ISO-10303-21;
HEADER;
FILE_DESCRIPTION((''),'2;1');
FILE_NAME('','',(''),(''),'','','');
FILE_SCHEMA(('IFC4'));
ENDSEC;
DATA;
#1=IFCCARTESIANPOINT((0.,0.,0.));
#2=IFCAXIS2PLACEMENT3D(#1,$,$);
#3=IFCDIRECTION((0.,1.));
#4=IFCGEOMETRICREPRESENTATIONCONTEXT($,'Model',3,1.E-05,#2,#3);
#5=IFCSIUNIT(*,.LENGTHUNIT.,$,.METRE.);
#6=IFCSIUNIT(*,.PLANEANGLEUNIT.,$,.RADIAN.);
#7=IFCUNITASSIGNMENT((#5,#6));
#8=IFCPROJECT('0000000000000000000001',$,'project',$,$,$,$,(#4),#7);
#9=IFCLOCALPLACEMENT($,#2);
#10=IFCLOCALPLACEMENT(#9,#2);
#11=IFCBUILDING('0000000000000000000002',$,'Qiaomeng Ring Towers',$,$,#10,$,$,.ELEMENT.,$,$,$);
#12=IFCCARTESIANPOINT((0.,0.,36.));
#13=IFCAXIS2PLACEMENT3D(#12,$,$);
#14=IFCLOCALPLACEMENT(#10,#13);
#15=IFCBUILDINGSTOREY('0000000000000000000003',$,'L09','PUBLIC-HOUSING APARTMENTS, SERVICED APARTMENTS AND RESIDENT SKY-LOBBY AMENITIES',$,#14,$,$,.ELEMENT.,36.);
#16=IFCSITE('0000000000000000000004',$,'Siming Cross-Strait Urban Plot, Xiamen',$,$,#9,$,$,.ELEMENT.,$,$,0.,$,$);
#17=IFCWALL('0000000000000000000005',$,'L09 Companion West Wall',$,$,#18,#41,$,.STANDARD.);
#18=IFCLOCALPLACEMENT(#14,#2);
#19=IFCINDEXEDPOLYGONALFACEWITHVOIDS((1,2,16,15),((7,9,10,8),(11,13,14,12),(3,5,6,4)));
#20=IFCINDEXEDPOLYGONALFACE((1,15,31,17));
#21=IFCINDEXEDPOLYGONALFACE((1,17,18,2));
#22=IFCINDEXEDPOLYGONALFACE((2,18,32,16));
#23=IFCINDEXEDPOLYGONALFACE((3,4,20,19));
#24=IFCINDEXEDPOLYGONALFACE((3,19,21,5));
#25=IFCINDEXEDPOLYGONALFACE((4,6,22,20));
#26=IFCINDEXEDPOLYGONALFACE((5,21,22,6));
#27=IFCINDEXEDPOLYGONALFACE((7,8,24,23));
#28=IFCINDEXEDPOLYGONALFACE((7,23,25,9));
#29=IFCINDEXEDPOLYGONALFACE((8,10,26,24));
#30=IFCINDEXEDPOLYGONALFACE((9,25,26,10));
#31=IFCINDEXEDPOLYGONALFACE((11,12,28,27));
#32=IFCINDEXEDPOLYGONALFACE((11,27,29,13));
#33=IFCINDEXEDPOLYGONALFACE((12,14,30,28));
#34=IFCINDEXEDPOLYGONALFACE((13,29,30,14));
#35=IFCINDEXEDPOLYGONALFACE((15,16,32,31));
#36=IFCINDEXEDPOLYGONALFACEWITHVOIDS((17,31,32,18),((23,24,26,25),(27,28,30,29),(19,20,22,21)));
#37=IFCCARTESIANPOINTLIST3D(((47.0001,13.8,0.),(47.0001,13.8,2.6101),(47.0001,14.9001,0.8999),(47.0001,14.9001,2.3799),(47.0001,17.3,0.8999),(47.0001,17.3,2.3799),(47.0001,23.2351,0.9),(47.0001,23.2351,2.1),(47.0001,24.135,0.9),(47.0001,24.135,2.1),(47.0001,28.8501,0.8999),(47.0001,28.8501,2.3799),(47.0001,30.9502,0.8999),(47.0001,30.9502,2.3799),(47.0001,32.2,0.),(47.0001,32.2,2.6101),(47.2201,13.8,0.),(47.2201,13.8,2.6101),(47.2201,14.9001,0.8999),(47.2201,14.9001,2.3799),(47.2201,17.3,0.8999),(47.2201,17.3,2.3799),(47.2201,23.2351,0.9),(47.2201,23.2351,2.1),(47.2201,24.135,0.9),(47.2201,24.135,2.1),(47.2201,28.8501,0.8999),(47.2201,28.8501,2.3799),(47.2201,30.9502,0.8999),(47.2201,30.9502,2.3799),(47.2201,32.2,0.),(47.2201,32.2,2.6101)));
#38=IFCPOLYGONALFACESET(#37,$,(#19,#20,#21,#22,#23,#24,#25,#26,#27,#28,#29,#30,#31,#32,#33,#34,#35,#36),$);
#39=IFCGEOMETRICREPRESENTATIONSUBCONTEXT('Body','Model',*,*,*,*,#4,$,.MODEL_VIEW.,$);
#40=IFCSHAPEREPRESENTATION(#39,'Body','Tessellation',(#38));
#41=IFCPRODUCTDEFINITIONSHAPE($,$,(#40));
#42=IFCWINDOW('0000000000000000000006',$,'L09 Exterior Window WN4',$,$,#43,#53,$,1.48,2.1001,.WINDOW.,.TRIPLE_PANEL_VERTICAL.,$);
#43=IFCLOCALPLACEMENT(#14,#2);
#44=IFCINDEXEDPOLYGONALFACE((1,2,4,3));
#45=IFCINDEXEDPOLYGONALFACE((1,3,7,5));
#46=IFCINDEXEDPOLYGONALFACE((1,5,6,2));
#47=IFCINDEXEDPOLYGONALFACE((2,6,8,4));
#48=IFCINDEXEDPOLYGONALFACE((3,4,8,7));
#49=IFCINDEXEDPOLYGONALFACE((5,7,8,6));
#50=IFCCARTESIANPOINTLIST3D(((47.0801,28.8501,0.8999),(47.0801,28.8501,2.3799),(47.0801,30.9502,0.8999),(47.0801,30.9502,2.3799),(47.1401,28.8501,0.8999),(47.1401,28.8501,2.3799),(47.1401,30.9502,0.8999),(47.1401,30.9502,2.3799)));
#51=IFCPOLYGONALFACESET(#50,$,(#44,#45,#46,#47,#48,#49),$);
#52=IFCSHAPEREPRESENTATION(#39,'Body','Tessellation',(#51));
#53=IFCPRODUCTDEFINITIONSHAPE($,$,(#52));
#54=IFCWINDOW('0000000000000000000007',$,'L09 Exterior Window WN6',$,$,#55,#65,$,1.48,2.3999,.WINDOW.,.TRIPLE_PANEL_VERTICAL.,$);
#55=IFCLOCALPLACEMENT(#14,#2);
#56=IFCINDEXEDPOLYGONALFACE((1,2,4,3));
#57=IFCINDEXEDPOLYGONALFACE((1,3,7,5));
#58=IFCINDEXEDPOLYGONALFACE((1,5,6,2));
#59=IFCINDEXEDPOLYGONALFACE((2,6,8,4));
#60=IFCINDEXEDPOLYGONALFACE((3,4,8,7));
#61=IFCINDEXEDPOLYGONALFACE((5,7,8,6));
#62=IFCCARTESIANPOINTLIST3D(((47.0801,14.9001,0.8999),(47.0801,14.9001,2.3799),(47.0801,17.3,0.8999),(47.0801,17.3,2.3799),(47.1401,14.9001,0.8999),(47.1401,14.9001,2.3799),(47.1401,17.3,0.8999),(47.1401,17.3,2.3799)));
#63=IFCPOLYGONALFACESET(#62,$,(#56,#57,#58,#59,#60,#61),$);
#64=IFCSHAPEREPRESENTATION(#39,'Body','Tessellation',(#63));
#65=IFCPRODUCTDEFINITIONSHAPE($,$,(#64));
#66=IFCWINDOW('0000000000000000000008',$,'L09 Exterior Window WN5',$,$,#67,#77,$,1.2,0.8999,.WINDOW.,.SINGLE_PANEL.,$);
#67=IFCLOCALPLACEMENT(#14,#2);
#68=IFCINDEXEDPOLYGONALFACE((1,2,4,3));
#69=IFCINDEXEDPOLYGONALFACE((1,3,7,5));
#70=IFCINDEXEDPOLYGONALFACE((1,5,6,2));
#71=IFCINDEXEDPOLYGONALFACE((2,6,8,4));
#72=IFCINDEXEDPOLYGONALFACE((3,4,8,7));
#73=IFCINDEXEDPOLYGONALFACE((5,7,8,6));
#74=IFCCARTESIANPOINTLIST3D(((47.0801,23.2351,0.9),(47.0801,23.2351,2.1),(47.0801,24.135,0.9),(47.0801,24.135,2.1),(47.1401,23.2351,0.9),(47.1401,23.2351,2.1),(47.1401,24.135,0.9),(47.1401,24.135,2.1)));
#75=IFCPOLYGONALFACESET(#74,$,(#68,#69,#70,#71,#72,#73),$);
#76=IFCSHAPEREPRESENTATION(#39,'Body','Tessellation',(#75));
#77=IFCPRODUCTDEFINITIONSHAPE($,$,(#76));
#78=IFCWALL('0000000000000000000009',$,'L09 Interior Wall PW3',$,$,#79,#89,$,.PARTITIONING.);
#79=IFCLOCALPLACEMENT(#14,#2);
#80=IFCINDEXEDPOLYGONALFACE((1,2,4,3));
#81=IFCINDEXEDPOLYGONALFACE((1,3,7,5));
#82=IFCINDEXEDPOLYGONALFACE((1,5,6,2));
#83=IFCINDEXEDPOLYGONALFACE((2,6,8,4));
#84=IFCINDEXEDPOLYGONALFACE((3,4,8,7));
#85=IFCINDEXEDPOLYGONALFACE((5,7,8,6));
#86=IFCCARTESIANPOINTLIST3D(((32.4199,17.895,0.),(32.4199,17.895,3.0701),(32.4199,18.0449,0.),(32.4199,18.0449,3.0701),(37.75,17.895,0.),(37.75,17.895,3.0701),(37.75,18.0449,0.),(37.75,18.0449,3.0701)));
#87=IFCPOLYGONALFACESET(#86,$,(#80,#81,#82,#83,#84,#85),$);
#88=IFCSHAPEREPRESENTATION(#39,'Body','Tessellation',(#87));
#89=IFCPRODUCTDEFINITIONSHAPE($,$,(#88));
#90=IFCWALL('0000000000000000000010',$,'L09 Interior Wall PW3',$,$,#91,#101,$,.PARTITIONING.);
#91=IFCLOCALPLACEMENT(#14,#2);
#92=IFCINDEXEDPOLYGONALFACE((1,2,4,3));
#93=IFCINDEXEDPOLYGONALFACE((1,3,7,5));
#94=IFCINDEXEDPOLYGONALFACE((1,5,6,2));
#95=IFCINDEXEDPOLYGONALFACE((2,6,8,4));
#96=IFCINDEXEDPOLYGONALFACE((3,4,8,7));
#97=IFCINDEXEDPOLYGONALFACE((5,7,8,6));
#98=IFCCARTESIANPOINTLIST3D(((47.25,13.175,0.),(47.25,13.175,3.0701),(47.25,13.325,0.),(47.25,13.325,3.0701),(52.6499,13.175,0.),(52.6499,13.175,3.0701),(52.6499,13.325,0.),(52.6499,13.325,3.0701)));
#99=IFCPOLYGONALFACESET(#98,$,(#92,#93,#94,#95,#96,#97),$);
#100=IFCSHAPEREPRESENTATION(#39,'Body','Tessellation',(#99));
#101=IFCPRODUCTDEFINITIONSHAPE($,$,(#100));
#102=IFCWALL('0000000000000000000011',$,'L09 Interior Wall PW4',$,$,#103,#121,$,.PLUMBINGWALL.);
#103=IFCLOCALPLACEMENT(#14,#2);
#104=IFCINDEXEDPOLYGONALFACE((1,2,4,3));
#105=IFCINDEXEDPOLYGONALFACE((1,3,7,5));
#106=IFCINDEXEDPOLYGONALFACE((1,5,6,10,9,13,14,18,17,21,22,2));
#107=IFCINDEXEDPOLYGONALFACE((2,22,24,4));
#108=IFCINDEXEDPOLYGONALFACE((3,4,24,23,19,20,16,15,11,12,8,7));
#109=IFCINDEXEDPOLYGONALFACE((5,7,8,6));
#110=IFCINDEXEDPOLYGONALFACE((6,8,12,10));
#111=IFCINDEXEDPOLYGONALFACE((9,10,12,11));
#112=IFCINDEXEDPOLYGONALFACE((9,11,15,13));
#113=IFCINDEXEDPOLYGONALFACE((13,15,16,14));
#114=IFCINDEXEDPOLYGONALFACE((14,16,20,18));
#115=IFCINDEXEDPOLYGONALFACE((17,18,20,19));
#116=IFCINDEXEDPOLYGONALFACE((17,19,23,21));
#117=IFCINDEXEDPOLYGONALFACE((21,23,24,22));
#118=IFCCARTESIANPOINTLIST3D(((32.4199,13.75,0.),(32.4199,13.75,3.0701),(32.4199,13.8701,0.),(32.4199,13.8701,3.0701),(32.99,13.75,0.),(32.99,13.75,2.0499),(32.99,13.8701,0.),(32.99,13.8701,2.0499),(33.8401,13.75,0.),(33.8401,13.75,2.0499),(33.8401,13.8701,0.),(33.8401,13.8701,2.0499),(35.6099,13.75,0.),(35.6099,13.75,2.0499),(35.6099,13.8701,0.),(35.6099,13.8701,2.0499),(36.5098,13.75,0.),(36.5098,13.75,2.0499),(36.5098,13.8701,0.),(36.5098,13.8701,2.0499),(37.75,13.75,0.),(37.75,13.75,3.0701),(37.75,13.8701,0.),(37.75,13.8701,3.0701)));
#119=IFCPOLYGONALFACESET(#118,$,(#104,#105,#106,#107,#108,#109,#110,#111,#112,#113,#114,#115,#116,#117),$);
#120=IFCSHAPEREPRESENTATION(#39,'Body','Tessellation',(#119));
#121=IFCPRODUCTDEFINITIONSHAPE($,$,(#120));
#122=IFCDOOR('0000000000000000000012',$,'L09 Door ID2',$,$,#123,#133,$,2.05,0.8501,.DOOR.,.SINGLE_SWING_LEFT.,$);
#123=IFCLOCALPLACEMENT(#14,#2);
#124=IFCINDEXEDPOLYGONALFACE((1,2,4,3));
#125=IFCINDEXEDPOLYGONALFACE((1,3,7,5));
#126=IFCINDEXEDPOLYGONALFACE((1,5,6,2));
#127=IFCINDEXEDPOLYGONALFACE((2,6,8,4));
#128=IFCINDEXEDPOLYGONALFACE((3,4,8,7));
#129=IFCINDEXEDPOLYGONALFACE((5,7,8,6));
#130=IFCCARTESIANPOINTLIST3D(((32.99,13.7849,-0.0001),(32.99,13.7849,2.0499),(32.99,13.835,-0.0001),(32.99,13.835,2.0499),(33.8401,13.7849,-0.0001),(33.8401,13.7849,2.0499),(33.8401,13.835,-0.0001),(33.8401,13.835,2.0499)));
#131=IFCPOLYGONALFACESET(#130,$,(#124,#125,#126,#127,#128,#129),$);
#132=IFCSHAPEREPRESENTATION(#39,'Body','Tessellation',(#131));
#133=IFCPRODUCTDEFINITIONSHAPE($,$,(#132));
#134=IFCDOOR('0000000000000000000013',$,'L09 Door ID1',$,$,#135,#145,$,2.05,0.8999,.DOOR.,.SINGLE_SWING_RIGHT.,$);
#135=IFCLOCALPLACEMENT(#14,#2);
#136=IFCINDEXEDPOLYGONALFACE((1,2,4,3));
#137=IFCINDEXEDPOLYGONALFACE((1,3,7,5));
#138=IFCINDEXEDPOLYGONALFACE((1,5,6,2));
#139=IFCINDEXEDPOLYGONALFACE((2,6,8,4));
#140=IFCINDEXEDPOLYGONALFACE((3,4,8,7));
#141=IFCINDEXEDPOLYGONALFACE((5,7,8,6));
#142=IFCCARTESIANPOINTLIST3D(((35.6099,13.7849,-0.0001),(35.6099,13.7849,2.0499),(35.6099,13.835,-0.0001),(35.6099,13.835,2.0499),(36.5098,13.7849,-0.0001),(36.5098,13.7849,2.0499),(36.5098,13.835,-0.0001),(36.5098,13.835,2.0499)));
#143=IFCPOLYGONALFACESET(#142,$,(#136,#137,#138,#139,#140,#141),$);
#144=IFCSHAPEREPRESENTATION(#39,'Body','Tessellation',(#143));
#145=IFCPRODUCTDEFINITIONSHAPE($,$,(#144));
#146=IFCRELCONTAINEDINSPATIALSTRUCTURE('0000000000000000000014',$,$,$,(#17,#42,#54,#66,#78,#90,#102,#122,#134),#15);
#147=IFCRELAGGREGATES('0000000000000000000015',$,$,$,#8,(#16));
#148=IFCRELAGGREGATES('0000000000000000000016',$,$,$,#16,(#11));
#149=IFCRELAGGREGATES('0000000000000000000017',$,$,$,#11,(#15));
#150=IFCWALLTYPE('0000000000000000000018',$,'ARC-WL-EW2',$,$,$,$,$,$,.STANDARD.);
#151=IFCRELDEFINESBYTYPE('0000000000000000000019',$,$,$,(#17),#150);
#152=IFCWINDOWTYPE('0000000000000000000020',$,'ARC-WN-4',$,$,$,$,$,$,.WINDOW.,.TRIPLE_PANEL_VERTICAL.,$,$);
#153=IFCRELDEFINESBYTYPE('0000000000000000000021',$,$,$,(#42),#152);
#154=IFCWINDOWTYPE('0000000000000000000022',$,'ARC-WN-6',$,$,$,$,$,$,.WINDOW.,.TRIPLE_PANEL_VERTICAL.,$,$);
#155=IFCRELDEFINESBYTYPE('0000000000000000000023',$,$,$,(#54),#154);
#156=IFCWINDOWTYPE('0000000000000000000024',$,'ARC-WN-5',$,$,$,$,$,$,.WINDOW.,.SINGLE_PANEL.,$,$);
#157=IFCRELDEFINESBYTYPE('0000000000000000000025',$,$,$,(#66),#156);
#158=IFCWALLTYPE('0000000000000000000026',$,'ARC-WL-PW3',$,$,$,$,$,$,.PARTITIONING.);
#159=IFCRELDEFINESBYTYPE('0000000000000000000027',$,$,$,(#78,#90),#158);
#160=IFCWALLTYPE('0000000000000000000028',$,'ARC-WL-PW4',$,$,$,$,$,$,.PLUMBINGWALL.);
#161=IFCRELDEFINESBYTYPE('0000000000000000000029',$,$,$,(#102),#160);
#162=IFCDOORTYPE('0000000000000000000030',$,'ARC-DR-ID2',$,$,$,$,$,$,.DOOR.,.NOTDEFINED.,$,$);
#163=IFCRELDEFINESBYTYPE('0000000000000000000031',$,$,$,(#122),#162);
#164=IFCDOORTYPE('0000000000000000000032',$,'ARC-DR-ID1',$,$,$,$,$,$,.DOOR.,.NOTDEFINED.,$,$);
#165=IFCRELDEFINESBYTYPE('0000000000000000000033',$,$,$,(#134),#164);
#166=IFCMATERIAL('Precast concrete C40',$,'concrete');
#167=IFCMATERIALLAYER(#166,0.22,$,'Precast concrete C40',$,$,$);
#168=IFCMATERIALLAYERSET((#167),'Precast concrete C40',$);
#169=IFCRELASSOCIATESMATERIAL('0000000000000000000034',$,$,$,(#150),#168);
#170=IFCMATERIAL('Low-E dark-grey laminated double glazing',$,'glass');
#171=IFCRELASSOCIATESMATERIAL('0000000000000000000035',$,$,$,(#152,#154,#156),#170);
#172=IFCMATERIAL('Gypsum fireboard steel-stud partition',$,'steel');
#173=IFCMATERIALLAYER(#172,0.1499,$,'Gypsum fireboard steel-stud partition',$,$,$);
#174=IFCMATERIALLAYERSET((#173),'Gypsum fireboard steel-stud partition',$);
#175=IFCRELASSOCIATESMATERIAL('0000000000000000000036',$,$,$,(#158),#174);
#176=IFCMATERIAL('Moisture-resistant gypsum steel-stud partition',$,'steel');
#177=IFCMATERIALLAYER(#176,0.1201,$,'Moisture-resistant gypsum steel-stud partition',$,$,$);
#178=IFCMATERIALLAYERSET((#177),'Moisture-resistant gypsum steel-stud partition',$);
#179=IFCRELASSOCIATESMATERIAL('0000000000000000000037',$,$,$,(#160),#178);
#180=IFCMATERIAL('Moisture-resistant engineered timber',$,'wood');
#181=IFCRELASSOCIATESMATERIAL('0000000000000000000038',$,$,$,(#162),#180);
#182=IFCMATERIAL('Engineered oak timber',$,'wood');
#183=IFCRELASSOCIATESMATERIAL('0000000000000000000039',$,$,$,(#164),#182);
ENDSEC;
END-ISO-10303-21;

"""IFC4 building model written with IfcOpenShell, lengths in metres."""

from ifc_helpers import new_model, si_unit, direction, frame, frame_2d, origin, place, context, subcontext, project, spatial, rectangle, extrude, source, transform, mapped, material, layer, layer_set, type_object, element, fill, save


model = new_model("IFC4")

# Units and contexts
model_context = context("Model", 3, precision=1e-05, world=origin(), true_north=direction((0.0, 1.0)))
body_context = subcontext(model_context, "Body", "Model", "MODEL_VIEW")
ifc_project = project(units=[si_unit("LENGTHUNIT", "METRE"), si_unit("PLANEANGLEUNIT", "RADIAN")], contexts=[model_context])

# Site, building, storey
site_placement = place(None, origin())
site = spatial("IfcSite", under=ifc_project, at=site_placement, Name="Siming Cross-Strait Urban Plot, Xiamen", CompositionType="ELEMENT", RefElevation=0.0)
building_placement = place(site_placement, origin())
building = spatial("IfcBuilding", under=site, at=building_placement, Name="Qiaomeng Ring Towers", CompositionType="ELEMENT")
storey_placement = place(building_placement, frame((0.0, 0.0, 36.0)))
storey = spatial("IfcBuildingStorey", under=building, at=storey_placement, Name="L09", Description="PUBLIC-HOUSING APARTMENTS, SERVICED APARTMENTS AND RESIDENT SKY-LOBBY AMENITIES", CompositionType="ELEMENT", Elevation=36.0)

# Wall, openings, windows
ifc_material_1 = material(Name="Precast concrete C40", Category="concrete")
ifc_layer_1 = layer(ifc_material_1, 0.22, Name="Precast concrete C40")
ifc_layer_set_1 = layer_set([ifc_layer_1], Name="Precast concrete C40")
wall_type_1 = type_object("IfcWallType", Name="ARC-WL-EW2", PredefinedType="STANDARD", material=ifc_layer_set_1)
wall_1_placement = place(storey_placement, frame((47.1101, 13.8, 0.0), z_axis=(0.0, 0.0, 1.0), x_axis=(0.0, 1.0, 0.0)))
wall_1 = element("IfcWall", 1, at=wall_1_placement, inside=storey, type_object=wall_type_1, Name="L09 Companion West Wall", PredefinedType="STANDARD", context=body_context, shape_type="SweptSolid", body=[
    extrude(rectangle(XDim=18.3999, YDim=0.22, at=frame_2d((9.2, 0.0))), origin(), (0.0, 0.0, 1.0), 2.6101),
])
opening_1_placement = place(wall_1_placement, frame((1.1001, 0.0, 0.8999)))
opening_1 = element("IfcOpeningElement", 2, at=opening_1_placement, cuts=wall_1, PredefinedType="OPENING", context=body_context, shape_type="SweptSolid", body=[
    extrude(rectangle(XDim=2.3999, YDim=1.48, at=frame_2d((1.2, 0.74))), frame((0.0, 0.1199, 0.0), z_axis=(0.0, -1.0, 0.0), x_axis=(1.0, 0.0, 0.0)), (0.0, 0.0, 1.0), 0.24),
])
opening_2_placement = place(wall_1_placement, frame((15.05, 0.0, 0.8999)))
opening_2 = element("IfcOpeningElement", 3, at=opening_2_placement, cuts=wall_1, PredefinedType="OPENING", context=body_context, shape_type="SweptSolid", body=[
    extrude(rectangle(XDim=2.1001, YDim=1.48, at=frame_2d((1.05, 0.74))), frame((0.0, 0.1199, 0.0), z_axis=(0.0, -1.0, 0.0), x_axis=(1.0, 0.0, 0.0)), (0.0, 0.0, 1.0), 0.24),
])
opening_3_placement = place(wall_1_placement, frame((9.4351, 0.0, 0.8999)))
opening_3 = element("IfcOpeningElement", 4, at=opening_3_placement, cuts=wall_1, PredefinedType="OPENING", context=body_context, shape_type="SweptSolid", body=[
    extrude(rectangle(XDim=0.8999, YDim=1.2, at=frame_2d((0.45, 0.6001))), frame((0.0, 0.1199, 0.0), z_axis=(0.0, -1.0, 0.0), x_axis=(1.0, 0.0, 0.0)), (0.0, 0.0, 1.0), 0.24),
])
ifc_material_2 = material(Name="Low-E dark-grey laminated double glazing", Category="glass")
window_type_1 = type_object("IfcWindowType", Name="ARC-WN-4", PartitioningType="TRIPLE_PANEL_VERTICAL", PredefinedType="WINDOW", material=ifc_material_2)
shared_shape_1 = source(origin(), body_context, "Body", "SweptSolid", [
    extrude(rectangle(XDim=2.1001, YDim=1.48, at=frame_2d((1.05, 0.74))), frame((0.0, 0.03, 0.0), z_axis=(0.0, -1.0, 0.0), x_axis=(1.0, 0.0, 0.0)), (0.0, 0.0, 1.0), 0.0601),
])
window_1_placement = place(opening_2_placement, origin())
window_1 = element("IfcWindow", 5, at=window_1_placement, inside=storey, type_object=window_type_1, Name="L09 Exterior Window WN4", OverallHeight=1.48, OverallWidth=2.1001, PartitioningType="TRIPLE_PANEL_VERTICAL", PredefinedType="WINDOW", context=body_context, shape_type="MappedRepresentation", body=[
    mapped(shared_shape_1, transform((0.0, 0.0, 0.0), x_axis=(1.0, 0.0, 0.0), y_axis=(0.0, 1.0, 0.0), z_axis=(0.0, 0.0, 1.0), scale=1.0)),
])
fill(opening_2, window_1)
window_type_2 = type_object("IfcWindowType", Name="ARC-WN-6", PartitioningType="TRIPLE_PANEL_VERTICAL", PredefinedType="WINDOW", material=ifc_material_2)
shared_shape_2 = source(origin(), body_context, "Body", "SweptSolid", [
    extrude(rectangle(XDim=2.3999, YDim=1.48, at=frame_2d((1.2, 0.74))), frame((0.0, 0.03, 0.0), z_axis=(0.0, -1.0, 0.0), x_axis=(1.0, 0.0, 0.0)), (0.0, 0.0, 1.0), 0.0601),
])
window_2_placement = place(opening_1_placement, origin())
window_2 = element("IfcWindow", 6, at=window_2_placement, inside=storey, type_object=window_type_2, Name="L09 Exterior Window WN6", OverallHeight=1.48, OverallWidth=2.3999, PartitioningType="TRIPLE_PANEL_VERTICAL", PredefinedType="WINDOW", context=body_context, shape_type="MappedRepresentation", body=[
    mapped(shared_shape_2, transform((0.0, 0.0, 0.0), x_axis=(1.0, 0.0, 0.0), y_axis=(0.0, 1.0, 0.0), z_axis=(0.0, 0.0, 1.0), scale=1.0)),
])
fill(opening_1, window_2)
window_type_3 = type_object("IfcWindowType", Name="ARC-WN-5", PartitioningType="SINGLE_PANEL", PredefinedType="WINDOW", material=ifc_material_2)
shared_shape_3 = source(origin(), body_context, "Body", "SweptSolid", [
    extrude(rectangle(XDim=0.8999, YDim=1.2, at=frame_2d((0.45, 0.6001))), frame((0.0, 0.03, 0.0), z_axis=(0.0, -1.0, 0.0), x_axis=(1.0, 0.0, 0.0)), (0.0, 0.0, 1.0), 0.0601),
])
window_3_placement = place(opening_3_placement, origin())
window_3 = element("IfcWindow", 7, at=window_3_placement, inside=storey, type_object=window_type_3, Name="L09 Exterior Window WN5", OverallHeight=1.2, OverallWidth=0.8999, PartitioningType="SINGLE_PANEL", PredefinedType="WINDOW", context=body_context, shape_type="MappedRepresentation", body=[
    mapped(shared_shape_3, transform((0.0, 0.0, 0.0), x_axis=(1.0, 0.0, 0.0), y_axis=(0.0, 1.0, 0.0), z_axis=(0.0, 0.0, 1.0), scale=1.0)),
])
fill(opening_3, window_3)

# Walls
ifc_material_3 = material(Name="Gypsum fireboard steel-stud partition", Category="steel")
ifc_layer_2 = layer(ifc_material_3, 0.1499, Name="Gypsum fireboard steel-stud partition")
ifc_layer_set_2 = layer_set([ifc_layer_2], Name="Gypsum fireboard steel-stud partition")
wall_type_2 = type_object("IfcWallType", Name="ARC-WL-PW3", PredefinedType="PARTITIONING", material=ifc_layer_set_2)
wall_2_placement = place(storey_placement, frame((32.4199, 17.97, 0.0), z_axis=(0.0, 0.0, 1.0), x_axis=(1.0, 0.0, 0.0)))
element("IfcWall", 8, at=wall_2_placement, inside=storey, type_object=wall_type_2, Name="L09 Interior Wall PW3", PredefinedType="PARTITIONING", context=body_context, shape_type="SweptSolid", body=[
    extrude(rectangle(XDim=5.3301, YDim=0.1499, at=frame_2d((2.665, 0.0))), origin(), (0.0, 0.0, 1.0), 3.0701),
])
wall_3_placement = place(storey_placement, frame((47.25, 13.25, 0.0), z_axis=(0.0, 0.0, 1.0), x_axis=(1.0, 0.0, 0.0)))
element("IfcWall", 9, at=wall_3_placement, inside=storey, type_object=wall_type_2, Name="L09 Interior Wall PW3", PredefinedType="PARTITIONING", context=body_context, shape_type="SweptSolid", body=[
    extrude(rectangle(XDim=5.3999, YDim=0.1499, at=frame_2d((2.7, 0.0))), origin(), (0.0, 0.0, 1.0), 3.0701),
])

# Wall, openings, doors
ifc_material_4 = material(Name="Moisture-resistant gypsum steel-stud partition", Category="steel")
ifc_layer_3 = layer(ifc_material_4, 0.1201, Name="Moisture-resistant gypsum steel-stud partition")
ifc_layer_set_3 = layer_set([ifc_layer_3], Name="Moisture-resistant gypsum steel-stud partition")
wall_type_3 = type_object("IfcWallType", Name="ARC-WL-PW4", PredefinedType="PLUMBINGWALL", material=ifc_layer_set_3)
wall_4_placement = place(storey_placement, frame((32.4199, 13.8101, 0.0), z_axis=(0.0, 0.0, 1.0), x_axis=(1.0, 0.0, 0.0)))
wall_4 = element("IfcWall", 10, at=wall_4_placement, inside=storey, type_object=wall_type_3, Name="L09 Interior Wall PW4", PredefinedType="PLUMBINGWALL", context=body_context, shape_type="SweptSolid", body=[
    extrude(rectangle(XDim=5.3301, YDim=0.1201, at=frame_2d((2.665, 0.0))), origin(), (0.0, 0.0, 1.0), 3.0701),
])
opening_4_placement = place(wall_4_placement, frame((0.5701, 0.0, 0.0)))
opening_4 = element("IfcOpeningElement", 11, at=opening_4_placement, cuts=wall_4, PredefinedType="OPENING", context=body_context, shape_type="SweptSolid", body=[
    extrude(rectangle(XDim=0.8501, YDim=2.05, at=frame_2d((0.425, 1.0249))), frame((0.0, 0.0701, 0.0), z_axis=(0.0, -1.0, 0.0), x_axis=(1.0, 0.0, 0.0)), (0.0, 0.0, 1.0), 0.1401),
])
opening_5_placement = place(wall_4_placement, frame((3.1899, 0.0, 0.0)))
opening_5 = element("IfcOpeningElement", 12, at=opening_5_placement, cuts=wall_4, PredefinedType="OPENING", context=body_context, shape_type="SweptSolid", body=[
    extrude(rectangle(XDim=0.8999, YDim=2.05, at=frame_2d((0.45, 1.0249))), frame((0.0, 0.0701, 0.0), z_axis=(0.0, -1.0, 0.0), x_axis=(1.0, 0.0, 0.0)), (0.0, 0.0, 1.0), 0.1401),
])
ifc_material_5 = material(Name="Moisture-resistant engineered timber", Category="wood")
door_type_1 = type_object("IfcDoorType", Name="ARC-DR-ID2", OperationType="NOTDEFINED", PredefinedType="DOOR", material=ifc_material_5)
shared_shape_4 = source(origin(), body_context, "Body", "SweptSolid", [
    extrude(rectangle(XDim=0.8501, YDim=2.05, at=frame_2d((0.425, 1.0249))), frame((0.0, 0.0249, 0.0), z_axis=(0.0, -1.0, 0.0), x_axis=(1.0, 0.0, 0.0)), (0.0, 0.0, 1.0), 0.05),
])
door_1_placement = place(opening_4_placement, origin())
door_1 = element("IfcDoor", 13, at=door_1_placement, inside=storey, type_object=door_type_1, Name="L09 Door ID2", OperationType="SINGLE_SWING_LEFT", OverallHeight=2.05, OverallWidth=0.8501, PredefinedType="DOOR", context=body_context, shape_type="MappedRepresentation", body=[
    mapped(shared_shape_4, transform((0.0, 0.0, 0.0), x_axis=(1.0, 0.0, 0.0), y_axis=(0.0, 1.0, 0.0), z_axis=(0.0, 0.0, 1.0), scale=1.0)),
])
fill(opening_4, door_1)
ifc_material_6 = material(Name="Engineered oak timber", Category="wood")
door_type_2 = type_object("IfcDoorType", Name="ARC-DR-ID1", OperationType="NOTDEFINED", PredefinedType="DOOR", material=ifc_material_6)
shared_shape_5 = source(origin(), body_context, "Body", "SweptSolid", [
    extrude(rectangle(XDim=0.8999, YDim=2.05, at=frame_2d((0.45, 1.0249))), frame((0.0, 0.0249, 0.0), z_axis=(0.0, -1.0, 0.0), x_axis=(1.0, 0.0, 0.0)), (0.0, 0.0, 1.0), 0.05),
])
door_2_placement = place(opening_5_placement, origin())
door_2 = element("IfcDoor", 14, at=door_2_placement, inside=storey, type_object=door_type_2, Name="L09 Door ID1", OperationType="SINGLE_SWING_RIGHT", OverallHeight=2.05, OverallWidth=0.8999, PredefinedType="DOOR", context=body_context, shape_type="MappedRepresentation", body=[
    mapped(shared_shape_5, transform((0.0, 0.0, 0.0), x_axis=(1.0, 0.0, 0.0), y_axis=(0.0, 1.0, 0.0), z_axis=(0.0, 0.0, 1.0), scale=1.0)),
])
fill(opening_5, door_2)

save(model, "model.ifc")
